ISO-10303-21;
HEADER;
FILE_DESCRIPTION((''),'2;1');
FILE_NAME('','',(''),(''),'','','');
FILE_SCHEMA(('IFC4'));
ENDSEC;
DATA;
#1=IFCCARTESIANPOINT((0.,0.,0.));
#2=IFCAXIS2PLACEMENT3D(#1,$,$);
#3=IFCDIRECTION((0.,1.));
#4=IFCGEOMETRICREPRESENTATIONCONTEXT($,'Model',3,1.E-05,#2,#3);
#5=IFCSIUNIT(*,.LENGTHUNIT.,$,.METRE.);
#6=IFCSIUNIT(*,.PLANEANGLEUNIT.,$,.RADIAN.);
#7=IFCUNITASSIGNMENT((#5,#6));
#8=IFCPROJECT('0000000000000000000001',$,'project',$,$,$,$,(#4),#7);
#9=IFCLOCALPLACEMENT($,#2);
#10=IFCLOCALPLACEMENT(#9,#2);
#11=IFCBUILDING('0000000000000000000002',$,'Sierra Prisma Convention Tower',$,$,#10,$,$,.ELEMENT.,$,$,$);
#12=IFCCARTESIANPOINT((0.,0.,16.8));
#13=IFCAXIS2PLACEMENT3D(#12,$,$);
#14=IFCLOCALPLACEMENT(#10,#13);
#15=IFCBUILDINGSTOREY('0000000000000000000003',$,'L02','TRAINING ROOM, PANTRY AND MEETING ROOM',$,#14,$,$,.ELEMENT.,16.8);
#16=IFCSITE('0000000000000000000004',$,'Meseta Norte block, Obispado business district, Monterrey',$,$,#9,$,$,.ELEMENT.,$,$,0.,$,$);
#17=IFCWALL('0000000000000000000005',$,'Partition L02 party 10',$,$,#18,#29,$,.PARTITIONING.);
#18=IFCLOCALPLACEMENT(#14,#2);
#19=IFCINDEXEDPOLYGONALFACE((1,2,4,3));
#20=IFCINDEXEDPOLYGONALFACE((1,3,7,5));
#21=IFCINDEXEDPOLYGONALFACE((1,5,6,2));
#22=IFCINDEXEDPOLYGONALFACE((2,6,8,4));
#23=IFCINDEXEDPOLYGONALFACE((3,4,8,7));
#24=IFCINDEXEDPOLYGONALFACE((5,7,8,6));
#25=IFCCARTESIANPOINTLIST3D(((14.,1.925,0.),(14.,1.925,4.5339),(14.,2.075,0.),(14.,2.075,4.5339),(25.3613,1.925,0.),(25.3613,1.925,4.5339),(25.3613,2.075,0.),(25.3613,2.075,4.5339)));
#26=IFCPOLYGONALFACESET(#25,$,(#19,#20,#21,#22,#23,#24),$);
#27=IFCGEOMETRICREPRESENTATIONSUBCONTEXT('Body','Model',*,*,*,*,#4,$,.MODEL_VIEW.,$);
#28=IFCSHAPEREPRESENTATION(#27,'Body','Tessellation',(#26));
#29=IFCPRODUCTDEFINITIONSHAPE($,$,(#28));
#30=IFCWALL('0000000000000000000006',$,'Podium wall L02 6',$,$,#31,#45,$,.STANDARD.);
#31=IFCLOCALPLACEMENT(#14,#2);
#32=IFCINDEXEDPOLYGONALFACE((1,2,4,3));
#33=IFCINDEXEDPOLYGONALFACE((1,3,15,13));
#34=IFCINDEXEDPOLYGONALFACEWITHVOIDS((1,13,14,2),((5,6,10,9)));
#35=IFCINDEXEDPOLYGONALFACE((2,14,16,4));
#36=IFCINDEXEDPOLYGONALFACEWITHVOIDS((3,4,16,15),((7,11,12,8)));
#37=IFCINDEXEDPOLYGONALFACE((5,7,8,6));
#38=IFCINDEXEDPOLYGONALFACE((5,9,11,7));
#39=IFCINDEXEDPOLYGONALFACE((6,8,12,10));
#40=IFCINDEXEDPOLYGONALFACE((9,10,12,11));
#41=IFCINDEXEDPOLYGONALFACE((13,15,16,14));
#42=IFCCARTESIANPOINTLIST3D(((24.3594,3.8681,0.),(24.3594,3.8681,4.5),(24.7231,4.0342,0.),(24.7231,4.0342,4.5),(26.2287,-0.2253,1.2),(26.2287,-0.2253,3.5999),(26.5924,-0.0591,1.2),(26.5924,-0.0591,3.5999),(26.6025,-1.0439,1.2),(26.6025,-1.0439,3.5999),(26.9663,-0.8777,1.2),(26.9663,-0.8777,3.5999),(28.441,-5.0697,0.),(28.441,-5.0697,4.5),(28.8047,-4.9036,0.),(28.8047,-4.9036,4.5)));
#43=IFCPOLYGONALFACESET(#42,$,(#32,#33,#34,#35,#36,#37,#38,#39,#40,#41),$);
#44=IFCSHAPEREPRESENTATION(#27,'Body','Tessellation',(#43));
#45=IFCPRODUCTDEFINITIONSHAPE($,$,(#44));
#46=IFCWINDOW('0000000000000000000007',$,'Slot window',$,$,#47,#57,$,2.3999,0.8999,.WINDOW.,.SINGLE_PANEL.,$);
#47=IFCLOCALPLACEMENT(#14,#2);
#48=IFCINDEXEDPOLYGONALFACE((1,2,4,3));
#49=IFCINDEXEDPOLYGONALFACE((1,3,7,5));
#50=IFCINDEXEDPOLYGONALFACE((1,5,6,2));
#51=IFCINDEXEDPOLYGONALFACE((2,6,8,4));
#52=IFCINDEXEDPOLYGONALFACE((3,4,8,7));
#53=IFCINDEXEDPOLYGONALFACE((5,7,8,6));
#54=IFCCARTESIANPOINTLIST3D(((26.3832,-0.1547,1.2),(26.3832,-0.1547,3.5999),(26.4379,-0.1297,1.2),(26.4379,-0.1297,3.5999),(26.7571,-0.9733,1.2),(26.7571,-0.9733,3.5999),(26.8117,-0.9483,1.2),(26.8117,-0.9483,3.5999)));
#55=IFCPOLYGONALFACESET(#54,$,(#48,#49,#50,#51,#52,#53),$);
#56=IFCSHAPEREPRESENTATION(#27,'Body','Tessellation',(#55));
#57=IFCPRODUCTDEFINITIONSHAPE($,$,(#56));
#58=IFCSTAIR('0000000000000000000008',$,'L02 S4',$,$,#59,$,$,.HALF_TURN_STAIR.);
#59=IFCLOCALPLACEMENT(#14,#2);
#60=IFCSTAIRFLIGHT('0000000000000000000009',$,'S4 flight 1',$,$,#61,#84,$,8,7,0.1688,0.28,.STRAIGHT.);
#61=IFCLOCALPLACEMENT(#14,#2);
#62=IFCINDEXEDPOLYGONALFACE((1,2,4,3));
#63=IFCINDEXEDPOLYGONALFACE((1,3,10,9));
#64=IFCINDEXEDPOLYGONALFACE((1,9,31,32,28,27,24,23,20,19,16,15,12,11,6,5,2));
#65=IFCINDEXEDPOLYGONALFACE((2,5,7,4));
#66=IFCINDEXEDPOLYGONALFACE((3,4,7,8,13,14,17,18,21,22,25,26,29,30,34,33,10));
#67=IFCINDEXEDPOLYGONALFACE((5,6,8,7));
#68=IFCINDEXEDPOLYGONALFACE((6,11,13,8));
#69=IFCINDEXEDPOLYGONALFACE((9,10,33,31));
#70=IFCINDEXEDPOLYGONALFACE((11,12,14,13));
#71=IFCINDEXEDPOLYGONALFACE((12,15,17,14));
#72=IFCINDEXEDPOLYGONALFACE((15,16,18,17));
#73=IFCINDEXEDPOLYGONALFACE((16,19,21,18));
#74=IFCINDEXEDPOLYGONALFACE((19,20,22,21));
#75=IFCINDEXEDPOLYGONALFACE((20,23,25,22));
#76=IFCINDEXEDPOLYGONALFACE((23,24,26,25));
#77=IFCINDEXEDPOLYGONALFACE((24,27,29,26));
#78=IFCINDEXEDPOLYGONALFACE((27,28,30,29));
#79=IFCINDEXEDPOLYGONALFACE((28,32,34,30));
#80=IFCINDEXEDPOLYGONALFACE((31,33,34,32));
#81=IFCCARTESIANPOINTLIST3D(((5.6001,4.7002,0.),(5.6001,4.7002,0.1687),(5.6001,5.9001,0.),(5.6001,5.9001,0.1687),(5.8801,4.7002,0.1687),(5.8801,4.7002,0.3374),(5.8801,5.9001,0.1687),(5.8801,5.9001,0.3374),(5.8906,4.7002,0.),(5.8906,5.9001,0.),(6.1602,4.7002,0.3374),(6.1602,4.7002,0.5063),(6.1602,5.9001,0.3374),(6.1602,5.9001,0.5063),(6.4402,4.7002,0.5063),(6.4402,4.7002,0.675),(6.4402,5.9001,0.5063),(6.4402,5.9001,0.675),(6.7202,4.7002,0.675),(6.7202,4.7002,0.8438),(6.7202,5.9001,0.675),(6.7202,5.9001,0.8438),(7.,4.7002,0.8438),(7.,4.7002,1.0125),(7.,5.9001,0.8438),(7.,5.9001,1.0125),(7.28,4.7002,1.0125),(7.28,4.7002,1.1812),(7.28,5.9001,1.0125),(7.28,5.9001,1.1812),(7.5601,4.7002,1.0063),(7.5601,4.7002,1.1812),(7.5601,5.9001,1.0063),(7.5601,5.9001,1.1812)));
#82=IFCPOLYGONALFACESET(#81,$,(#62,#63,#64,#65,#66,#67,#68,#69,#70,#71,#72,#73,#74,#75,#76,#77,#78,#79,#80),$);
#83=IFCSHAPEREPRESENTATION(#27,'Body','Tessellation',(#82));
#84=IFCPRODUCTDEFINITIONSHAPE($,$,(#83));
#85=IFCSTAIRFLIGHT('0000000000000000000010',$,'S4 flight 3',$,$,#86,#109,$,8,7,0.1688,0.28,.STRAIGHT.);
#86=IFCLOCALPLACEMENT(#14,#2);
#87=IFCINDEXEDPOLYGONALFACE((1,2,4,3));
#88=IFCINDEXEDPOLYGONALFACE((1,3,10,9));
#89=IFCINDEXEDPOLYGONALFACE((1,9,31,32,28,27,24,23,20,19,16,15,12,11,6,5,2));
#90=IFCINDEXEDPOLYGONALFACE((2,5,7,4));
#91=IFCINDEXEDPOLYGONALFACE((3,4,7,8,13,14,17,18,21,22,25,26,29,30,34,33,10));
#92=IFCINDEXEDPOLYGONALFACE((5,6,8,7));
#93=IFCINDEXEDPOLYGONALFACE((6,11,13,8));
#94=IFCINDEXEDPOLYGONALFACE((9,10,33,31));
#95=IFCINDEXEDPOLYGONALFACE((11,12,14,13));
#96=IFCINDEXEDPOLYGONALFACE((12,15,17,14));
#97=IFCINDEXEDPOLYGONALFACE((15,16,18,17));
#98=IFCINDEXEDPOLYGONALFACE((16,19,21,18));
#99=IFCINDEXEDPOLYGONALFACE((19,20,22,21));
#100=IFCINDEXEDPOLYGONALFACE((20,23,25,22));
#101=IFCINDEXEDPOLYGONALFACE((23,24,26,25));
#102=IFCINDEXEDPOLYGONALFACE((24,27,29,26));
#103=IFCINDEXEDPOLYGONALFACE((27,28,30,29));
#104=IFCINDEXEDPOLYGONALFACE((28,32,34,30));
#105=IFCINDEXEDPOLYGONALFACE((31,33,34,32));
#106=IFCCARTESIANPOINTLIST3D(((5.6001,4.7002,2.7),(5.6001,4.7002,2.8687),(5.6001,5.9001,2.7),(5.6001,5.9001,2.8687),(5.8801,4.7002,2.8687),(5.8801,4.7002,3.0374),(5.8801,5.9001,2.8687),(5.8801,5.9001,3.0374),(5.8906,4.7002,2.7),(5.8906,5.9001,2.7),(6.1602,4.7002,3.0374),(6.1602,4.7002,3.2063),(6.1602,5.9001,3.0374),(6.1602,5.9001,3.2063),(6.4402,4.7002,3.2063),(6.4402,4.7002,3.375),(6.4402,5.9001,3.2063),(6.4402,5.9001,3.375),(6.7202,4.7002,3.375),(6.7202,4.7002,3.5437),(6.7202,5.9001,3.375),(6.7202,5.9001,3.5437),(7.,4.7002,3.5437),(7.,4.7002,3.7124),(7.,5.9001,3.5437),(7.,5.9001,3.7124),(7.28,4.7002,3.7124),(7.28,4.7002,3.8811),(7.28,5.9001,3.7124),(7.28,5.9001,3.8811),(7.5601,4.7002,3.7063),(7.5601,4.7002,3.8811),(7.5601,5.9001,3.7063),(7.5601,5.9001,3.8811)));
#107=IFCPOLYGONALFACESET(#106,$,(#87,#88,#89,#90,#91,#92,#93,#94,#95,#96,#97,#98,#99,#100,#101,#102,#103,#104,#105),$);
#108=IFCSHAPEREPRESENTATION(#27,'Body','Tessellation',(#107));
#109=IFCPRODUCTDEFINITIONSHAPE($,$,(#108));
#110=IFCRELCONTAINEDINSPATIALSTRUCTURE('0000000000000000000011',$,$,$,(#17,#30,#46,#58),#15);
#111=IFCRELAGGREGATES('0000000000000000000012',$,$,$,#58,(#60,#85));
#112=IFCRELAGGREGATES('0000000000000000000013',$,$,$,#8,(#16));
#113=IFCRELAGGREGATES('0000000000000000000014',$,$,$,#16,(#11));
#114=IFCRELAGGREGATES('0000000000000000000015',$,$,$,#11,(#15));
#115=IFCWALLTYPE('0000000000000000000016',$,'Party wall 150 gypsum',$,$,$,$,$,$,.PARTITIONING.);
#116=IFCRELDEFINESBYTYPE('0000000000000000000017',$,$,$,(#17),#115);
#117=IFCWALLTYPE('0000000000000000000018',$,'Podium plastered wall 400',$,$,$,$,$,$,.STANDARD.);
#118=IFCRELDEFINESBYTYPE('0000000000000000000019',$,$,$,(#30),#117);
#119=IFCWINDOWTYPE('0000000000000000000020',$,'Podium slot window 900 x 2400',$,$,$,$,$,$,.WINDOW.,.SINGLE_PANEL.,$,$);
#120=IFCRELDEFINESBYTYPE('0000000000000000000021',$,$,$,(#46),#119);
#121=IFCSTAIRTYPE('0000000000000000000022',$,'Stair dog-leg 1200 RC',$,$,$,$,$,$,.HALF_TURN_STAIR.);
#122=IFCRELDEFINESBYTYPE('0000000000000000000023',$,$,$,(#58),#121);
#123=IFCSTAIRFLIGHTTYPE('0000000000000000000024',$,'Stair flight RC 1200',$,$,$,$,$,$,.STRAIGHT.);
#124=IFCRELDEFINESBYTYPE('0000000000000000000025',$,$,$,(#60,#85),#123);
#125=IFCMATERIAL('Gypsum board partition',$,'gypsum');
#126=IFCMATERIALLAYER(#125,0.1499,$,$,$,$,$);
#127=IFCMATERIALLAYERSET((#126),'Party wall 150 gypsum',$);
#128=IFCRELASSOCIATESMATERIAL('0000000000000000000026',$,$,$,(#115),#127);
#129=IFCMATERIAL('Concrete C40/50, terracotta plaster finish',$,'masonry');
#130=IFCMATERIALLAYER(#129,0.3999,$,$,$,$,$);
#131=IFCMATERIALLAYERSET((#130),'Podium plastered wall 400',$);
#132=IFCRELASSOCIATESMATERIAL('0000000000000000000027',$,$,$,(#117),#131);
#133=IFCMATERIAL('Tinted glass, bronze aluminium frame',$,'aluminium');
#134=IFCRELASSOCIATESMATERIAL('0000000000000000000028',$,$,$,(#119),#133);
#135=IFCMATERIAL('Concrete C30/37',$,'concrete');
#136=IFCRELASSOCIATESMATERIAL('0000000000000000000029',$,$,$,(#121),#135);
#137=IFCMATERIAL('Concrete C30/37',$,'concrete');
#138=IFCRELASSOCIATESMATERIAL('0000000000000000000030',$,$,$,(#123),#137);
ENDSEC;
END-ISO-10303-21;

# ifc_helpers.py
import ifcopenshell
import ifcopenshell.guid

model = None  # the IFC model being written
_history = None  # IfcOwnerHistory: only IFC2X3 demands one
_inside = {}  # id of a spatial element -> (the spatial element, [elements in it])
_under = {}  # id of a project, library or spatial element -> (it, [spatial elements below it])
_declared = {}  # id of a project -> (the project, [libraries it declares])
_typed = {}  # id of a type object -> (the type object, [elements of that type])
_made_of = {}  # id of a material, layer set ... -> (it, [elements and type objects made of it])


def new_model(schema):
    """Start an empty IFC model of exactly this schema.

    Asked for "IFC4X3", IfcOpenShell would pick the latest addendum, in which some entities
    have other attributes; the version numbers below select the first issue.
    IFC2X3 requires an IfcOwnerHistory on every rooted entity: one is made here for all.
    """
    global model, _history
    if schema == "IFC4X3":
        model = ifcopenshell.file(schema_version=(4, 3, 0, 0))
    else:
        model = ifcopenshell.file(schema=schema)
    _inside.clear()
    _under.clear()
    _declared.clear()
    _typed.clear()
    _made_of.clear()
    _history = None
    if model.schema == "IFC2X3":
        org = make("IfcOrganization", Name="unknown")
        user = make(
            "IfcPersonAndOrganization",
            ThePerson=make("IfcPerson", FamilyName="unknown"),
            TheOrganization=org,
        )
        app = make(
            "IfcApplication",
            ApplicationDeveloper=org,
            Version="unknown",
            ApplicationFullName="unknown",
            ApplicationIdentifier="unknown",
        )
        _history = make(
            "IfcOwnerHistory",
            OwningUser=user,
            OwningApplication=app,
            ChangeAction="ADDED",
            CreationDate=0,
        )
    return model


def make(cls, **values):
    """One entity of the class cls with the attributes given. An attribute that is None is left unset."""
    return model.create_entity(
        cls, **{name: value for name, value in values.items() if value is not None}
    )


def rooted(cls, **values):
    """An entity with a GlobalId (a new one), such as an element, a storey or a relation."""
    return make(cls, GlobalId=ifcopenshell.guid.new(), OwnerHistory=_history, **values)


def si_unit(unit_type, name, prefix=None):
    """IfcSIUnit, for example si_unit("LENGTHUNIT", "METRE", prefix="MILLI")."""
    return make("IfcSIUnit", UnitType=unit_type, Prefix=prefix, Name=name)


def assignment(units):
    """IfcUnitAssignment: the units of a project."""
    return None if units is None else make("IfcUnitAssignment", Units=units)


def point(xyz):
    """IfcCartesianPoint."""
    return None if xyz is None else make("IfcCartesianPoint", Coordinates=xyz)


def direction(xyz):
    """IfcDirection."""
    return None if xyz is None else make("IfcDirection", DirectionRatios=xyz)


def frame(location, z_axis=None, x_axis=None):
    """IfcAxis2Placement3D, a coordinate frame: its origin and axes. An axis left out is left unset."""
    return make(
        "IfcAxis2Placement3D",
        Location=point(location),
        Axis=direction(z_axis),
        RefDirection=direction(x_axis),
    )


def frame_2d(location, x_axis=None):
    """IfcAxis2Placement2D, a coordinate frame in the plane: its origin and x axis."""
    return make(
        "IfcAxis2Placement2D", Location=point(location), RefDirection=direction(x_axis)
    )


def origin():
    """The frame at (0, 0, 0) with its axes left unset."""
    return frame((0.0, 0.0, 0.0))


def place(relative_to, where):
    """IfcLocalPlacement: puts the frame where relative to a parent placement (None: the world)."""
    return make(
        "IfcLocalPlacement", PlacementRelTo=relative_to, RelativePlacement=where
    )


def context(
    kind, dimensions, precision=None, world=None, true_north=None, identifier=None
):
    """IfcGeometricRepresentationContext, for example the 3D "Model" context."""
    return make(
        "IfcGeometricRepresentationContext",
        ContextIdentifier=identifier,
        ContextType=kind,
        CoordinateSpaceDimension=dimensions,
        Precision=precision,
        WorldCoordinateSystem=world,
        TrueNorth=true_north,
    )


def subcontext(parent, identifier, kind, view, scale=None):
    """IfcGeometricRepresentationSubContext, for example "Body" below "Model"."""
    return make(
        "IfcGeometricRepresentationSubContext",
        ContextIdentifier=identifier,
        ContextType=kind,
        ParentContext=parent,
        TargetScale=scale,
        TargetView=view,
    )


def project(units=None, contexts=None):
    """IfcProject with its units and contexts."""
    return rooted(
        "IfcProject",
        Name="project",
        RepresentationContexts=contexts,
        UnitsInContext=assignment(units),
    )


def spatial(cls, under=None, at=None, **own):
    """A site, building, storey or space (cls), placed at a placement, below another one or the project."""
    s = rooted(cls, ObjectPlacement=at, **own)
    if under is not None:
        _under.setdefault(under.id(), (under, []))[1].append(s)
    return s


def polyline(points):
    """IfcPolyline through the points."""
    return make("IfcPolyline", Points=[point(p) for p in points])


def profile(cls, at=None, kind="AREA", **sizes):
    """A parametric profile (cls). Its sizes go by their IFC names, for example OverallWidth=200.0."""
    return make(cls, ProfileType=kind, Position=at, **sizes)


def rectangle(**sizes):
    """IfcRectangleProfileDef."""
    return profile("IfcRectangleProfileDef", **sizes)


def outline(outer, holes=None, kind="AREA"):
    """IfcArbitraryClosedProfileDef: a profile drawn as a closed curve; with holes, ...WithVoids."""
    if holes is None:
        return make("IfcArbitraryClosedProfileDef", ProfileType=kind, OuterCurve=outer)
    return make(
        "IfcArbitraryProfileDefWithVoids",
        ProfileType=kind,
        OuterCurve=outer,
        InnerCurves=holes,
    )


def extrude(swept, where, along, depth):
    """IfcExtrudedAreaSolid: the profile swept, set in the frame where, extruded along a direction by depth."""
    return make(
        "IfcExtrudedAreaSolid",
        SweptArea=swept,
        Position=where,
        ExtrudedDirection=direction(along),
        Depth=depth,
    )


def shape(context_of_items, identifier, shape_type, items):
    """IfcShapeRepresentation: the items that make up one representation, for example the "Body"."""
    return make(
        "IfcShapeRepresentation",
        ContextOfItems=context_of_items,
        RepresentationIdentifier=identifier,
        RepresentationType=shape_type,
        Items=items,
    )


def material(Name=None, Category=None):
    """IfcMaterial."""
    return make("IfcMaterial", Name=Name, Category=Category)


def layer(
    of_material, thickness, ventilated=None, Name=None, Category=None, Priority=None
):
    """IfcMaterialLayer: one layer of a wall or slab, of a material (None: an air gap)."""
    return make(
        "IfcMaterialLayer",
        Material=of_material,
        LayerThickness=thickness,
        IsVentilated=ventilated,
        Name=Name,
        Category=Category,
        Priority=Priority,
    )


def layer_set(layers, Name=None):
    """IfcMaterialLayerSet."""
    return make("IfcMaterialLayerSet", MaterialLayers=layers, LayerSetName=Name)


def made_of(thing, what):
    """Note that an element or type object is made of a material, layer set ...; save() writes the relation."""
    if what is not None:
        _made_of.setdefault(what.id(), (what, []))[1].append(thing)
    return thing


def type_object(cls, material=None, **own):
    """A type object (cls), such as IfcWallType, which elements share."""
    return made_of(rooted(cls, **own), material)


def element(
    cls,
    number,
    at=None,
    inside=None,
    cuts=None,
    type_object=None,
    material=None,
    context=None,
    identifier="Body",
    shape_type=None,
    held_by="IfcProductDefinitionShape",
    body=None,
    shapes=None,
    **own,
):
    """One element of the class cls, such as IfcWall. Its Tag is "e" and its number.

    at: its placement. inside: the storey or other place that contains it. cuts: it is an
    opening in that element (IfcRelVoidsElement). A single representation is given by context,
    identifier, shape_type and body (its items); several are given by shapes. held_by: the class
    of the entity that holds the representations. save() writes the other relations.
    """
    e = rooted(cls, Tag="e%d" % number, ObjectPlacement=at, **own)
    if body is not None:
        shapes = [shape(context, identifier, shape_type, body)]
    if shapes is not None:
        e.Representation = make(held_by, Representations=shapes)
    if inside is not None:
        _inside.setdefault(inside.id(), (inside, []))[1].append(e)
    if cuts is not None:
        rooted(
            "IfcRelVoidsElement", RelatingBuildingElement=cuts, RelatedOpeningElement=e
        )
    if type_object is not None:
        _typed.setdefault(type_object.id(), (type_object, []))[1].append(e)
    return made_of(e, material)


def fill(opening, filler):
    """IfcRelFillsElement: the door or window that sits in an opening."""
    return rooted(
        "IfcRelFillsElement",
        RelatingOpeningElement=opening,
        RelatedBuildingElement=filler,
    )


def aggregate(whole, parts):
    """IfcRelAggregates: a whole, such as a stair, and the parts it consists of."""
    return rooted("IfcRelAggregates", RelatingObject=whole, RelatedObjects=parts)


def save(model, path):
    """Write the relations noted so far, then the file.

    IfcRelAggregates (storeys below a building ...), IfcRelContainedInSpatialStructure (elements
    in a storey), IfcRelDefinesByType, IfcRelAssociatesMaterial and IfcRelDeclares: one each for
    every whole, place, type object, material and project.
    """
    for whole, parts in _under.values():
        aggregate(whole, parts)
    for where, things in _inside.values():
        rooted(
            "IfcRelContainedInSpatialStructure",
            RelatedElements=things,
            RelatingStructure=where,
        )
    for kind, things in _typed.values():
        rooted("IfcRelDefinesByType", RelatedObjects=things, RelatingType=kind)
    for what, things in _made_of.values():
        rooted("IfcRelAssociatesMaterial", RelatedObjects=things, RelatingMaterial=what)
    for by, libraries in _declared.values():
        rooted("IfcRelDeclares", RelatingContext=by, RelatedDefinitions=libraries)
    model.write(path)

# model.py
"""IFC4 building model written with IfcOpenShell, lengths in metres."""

from ifc_helpers import new_model, si_unit, direction, frame, frame_2d, origin, place, context, subcontext, project, spatial, polyline, rectangle, outline, extrude, material, layer, layer_set, type_object, element, fill, aggregate, save


model = new_model("IFC4")

# Units and contexts
model_context = context("Model", 3, precision=1e-05, world=origin(), true_north=direction((0.0, 1.0)))
body_context = subcontext(model_context, "Body", "Model", "MODEL_VIEW")
ifc_project = project(units=[si_unit("LENGTHUNIT", "METRE"), si_unit("PLANEANGLEUNIT", "RADIAN")], contexts=[model_context])

# Site, building, storey
site_placement = place(None, origin())
site = spatial("IfcSite", under=ifc_project, at=site_placement, Name="Meseta Norte block, Obispado business district, Monterrey", CompositionType="ELEMENT", RefElevation=0.0)
building_placement = place(site_placement, origin())
building = spatial("IfcBuilding", under=site, at=building_placement, Name="Sierra Prisma Convention Tower", CompositionType="ELEMENT")
storey_placement = place(building_placement, frame((0.0, 0.0, 16.8)))
storey = spatial("IfcBuildingStorey", under=building, at=storey_placement, Name="L02", Description="TRAINING ROOM, PANTRY AND MEETING ROOM", CompositionType="ELEMENT", Elevation=16.8)

# Wall
ifc_material_1 = material(Name="Gypsum board partition", Category="gypsum")
ifc_layer_1 = layer(ifc_material_1, 0.1499)
ifc_layer_set_1 = layer_set([ifc_layer_1], Name="Party wall 150 gypsum")
wall_type_1 = type_object("IfcWallType", Name="Party wall 150 gypsum", PredefinedType="PARTITIONING", material=ifc_layer_set_1)
wall_1_placement = place(storey_placement, frame((25.3613, 2.0, 0.0), z_axis=(0.0, 0.0, 1.0), x_axis=(-1.0, 0.0, 0.0)))
element("IfcWall", 1, at=wall_1_placement, inside=storey, type_object=wall_type_1, Name="Partition L02 party 10", PredefinedType="PARTITIONING", context=body_context, shape_type="SweptSolid", body=[
    extrude(rectangle(XDim=11.3613, YDim=0.1499, at=frame_2d((5.6807, 0.0))), origin(), (0.0, 0.0, 1.0), 4.5339),
])

# Wall, opening, window
ifc_material_2 = material(Name="Concrete C40/50, terracotta plaster finish", Category="masonry")
ifc_layer_2 = layer(ifc_material_2, 0.3999)
ifc_layer_set_2 = layer_set([ifc_layer_2], Name="Podium plastered wall 400")
wall_type_2 = type_object("IfcWallType", Name="Podium plastered wall 400", PredefinedType="STANDARD", material=ifc_layer_set_2)
wall_2_placement = place(storey_placement, frame((24.5413, 3.9512, 0.0), z_axis=(0.0, 0.0, 1.0), x_axis=(0.415399, -0.909639, 0.0)))
wall_2 = element("IfcWall", 2, at=wall_2_placement, inside=storey, type_object=wall_type_2, Name="Podium wall L02 6", PredefinedType="STANDARD", context=body_context, shape_type="SweptSolid", body=[
    extrude(rectangle(XDim=9.8257, YDim=0.3999, at=frame_2d((4.9128, 0.0))), origin(), (0.0, 0.0, 1.0), 4.5),
])
opening_1_placement = place(wall_2_placement, frame((4.5, 0.0, 1.2)))
opening_1 = element("IfcOpeningElement", 3, at=opening_1_placement, cuts=wall_2, PredefinedType="OPENING", context=body_context, shape_type="SweptSolid", body=[
    extrude(rectangle(XDim=0.8999, YDim=2.3999, at=frame_2d((0.45, 1.2))), frame((0.0, 0.2, 0.0), z_axis=(0.0, -1.0, 0.0), x_axis=(1.0, 0.0, 0.0)), (0.0, 0.0, 1.0), 0.3999),
])
ifc_material_3 = material(Name="Tinted glass, bronze aluminium frame", Category="aluminium")
window_type = type_object("IfcWindowType", Name="Podium slot window 900 x 2400", PartitioningType="SINGLE_PANEL", PredefinedType="WINDOW", material=ifc_material_3)
window_placement = place(opening_1_placement, origin())
window = element("IfcWindow", 4, at=window_placement, inside=storey, type_object=window_type, Name="Slot window", OverallHeight=2.3999, OverallWidth=0.8999, PartitioningType="SINGLE_PANEL", PredefinedType="WINDOW", context=body_context, shape_type="SweptSolid", body=[
    extrude(rectangle(XDim=0.8999, YDim=2.3999, at=frame_2d((0.45, 1.2))), frame((0.0, 0.03, 0.0), z_axis=(0.0, -1.0, 0.0), x_axis=(1.0, 0.0, 0.0)), (0.0, 0.0, 1.0), 0.0601),
])
fill(opening_1, window)

# Stair, stair flights
ifc_material_4 = material(Name="Concrete C30/37", Category="concrete")
stair_type = type_object("IfcStairType", Name="Stair dog-leg 1200 RC", PredefinedType="HALF_TURN_STAIR", material=ifc_material_4)
stair_placement = place(storey_placement, origin())
stair = element("IfcStair", 5, at=stair_placement, inside=storey, type_object=stair_type, Name="L02 S4", PredefinedType="HALF_TURN_STAIR")
ifc_material_5 = material(Name="Concrete C30/37", Category="concrete")
stair_flight_type = type_object("IfcStairFlightType", Name="Stair flight RC 1200", PredefinedType="STRAIGHT", material=ifc_material_5)
stair_flight_1_placement = place(storey_placement, frame((5.6001, 5.3, 0.0), z_axis=(0.0, 0.0, 1.0), x_axis=(1.0, 0.0, 0.0)))
stair_flight_1 = element("IfcStairFlight", 6, at=stair_flight_1_placement, type_object=stair_flight_type, Name="S4 flight 1", NumberOfRisers=8, NumberOfTreads=7, PredefinedType="STRAIGHT", RiserHeight=0.1688, TreadLength=0.28, context=body_context, shape_type="SweptSolid", body=[
    extrude(outline(polyline([(0.0, 0.0), (0.0, 0.1687), (0.28, 0.1687), (0.28, 0.3374), (0.5601, 0.3374), (0.5601, 0.5063), (0.8401, 0.5063), (0.8401, 0.675), (1.1201, 0.675), (1.1201, 0.8438), (1.3999, 0.8438), (1.3999, 1.0125), (1.6799, 1.0125), (1.6799, 1.1812), (1.96, 1.1812), (1.96, 1.3501), (1.96, 1.0063), (0.2905, 0.0), (0.0, 0.0)])), frame((0.0, 0.6001, 0.0), z_axis=(0.0, -1.0, 0.0), x_axis=(1.0, 0.0, 0.0)), (0.0, 0.0, 1.0), 1.2),
])
stair_flight_2_placement = place(storey_placement, frame((5.6001, 5.3, 2.7), z_axis=(0.0, 0.0, 1.0), x_axis=(1.0, 0.0, 0.0)))
stair_flight_2 = element("IfcStairFlight", 7, at=stair_flight_2_placement, type_object=stair_flight_type, Name="S4 flight 3", NumberOfRisers=8, NumberOfTreads=7, PredefinedType="STRAIGHT", RiserHeight=0.1688, TreadLength=0.28, context=body_context, shape_type="SweptSolid", body=[
    extrude(outline(polyline([(0.0, 0.0), (0.0, 0.1687), (0.28, 0.1687), (0.28, 0.3374), (0.5601, 0.3374), (0.5601, 0.5063), (0.8401, 0.5063), (0.8401, 0.675), (1.1201, 0.675), (1.1201, 0.8438), (1.3999, 0.8438), (1.3999, 1.0125), (1.6799, 1.0125), (1.6799, 1.1812), (1.96, 1.1812), (1.96, 1.3501), (1.96, 1.0063), (0.2905, 0.0), (0.0, 0.0)])), frame((0.0, 0.6001, 0.0), z_axis=(0.0, -1.0, 0.0), x_axis=(1.0, 0.0, 0.0)), (0.0, 0.0, 1.0), 1.2),
])
aggregate(stair, [stair_flight_1, stair_flight_2])

save(model, "model.ifc")
